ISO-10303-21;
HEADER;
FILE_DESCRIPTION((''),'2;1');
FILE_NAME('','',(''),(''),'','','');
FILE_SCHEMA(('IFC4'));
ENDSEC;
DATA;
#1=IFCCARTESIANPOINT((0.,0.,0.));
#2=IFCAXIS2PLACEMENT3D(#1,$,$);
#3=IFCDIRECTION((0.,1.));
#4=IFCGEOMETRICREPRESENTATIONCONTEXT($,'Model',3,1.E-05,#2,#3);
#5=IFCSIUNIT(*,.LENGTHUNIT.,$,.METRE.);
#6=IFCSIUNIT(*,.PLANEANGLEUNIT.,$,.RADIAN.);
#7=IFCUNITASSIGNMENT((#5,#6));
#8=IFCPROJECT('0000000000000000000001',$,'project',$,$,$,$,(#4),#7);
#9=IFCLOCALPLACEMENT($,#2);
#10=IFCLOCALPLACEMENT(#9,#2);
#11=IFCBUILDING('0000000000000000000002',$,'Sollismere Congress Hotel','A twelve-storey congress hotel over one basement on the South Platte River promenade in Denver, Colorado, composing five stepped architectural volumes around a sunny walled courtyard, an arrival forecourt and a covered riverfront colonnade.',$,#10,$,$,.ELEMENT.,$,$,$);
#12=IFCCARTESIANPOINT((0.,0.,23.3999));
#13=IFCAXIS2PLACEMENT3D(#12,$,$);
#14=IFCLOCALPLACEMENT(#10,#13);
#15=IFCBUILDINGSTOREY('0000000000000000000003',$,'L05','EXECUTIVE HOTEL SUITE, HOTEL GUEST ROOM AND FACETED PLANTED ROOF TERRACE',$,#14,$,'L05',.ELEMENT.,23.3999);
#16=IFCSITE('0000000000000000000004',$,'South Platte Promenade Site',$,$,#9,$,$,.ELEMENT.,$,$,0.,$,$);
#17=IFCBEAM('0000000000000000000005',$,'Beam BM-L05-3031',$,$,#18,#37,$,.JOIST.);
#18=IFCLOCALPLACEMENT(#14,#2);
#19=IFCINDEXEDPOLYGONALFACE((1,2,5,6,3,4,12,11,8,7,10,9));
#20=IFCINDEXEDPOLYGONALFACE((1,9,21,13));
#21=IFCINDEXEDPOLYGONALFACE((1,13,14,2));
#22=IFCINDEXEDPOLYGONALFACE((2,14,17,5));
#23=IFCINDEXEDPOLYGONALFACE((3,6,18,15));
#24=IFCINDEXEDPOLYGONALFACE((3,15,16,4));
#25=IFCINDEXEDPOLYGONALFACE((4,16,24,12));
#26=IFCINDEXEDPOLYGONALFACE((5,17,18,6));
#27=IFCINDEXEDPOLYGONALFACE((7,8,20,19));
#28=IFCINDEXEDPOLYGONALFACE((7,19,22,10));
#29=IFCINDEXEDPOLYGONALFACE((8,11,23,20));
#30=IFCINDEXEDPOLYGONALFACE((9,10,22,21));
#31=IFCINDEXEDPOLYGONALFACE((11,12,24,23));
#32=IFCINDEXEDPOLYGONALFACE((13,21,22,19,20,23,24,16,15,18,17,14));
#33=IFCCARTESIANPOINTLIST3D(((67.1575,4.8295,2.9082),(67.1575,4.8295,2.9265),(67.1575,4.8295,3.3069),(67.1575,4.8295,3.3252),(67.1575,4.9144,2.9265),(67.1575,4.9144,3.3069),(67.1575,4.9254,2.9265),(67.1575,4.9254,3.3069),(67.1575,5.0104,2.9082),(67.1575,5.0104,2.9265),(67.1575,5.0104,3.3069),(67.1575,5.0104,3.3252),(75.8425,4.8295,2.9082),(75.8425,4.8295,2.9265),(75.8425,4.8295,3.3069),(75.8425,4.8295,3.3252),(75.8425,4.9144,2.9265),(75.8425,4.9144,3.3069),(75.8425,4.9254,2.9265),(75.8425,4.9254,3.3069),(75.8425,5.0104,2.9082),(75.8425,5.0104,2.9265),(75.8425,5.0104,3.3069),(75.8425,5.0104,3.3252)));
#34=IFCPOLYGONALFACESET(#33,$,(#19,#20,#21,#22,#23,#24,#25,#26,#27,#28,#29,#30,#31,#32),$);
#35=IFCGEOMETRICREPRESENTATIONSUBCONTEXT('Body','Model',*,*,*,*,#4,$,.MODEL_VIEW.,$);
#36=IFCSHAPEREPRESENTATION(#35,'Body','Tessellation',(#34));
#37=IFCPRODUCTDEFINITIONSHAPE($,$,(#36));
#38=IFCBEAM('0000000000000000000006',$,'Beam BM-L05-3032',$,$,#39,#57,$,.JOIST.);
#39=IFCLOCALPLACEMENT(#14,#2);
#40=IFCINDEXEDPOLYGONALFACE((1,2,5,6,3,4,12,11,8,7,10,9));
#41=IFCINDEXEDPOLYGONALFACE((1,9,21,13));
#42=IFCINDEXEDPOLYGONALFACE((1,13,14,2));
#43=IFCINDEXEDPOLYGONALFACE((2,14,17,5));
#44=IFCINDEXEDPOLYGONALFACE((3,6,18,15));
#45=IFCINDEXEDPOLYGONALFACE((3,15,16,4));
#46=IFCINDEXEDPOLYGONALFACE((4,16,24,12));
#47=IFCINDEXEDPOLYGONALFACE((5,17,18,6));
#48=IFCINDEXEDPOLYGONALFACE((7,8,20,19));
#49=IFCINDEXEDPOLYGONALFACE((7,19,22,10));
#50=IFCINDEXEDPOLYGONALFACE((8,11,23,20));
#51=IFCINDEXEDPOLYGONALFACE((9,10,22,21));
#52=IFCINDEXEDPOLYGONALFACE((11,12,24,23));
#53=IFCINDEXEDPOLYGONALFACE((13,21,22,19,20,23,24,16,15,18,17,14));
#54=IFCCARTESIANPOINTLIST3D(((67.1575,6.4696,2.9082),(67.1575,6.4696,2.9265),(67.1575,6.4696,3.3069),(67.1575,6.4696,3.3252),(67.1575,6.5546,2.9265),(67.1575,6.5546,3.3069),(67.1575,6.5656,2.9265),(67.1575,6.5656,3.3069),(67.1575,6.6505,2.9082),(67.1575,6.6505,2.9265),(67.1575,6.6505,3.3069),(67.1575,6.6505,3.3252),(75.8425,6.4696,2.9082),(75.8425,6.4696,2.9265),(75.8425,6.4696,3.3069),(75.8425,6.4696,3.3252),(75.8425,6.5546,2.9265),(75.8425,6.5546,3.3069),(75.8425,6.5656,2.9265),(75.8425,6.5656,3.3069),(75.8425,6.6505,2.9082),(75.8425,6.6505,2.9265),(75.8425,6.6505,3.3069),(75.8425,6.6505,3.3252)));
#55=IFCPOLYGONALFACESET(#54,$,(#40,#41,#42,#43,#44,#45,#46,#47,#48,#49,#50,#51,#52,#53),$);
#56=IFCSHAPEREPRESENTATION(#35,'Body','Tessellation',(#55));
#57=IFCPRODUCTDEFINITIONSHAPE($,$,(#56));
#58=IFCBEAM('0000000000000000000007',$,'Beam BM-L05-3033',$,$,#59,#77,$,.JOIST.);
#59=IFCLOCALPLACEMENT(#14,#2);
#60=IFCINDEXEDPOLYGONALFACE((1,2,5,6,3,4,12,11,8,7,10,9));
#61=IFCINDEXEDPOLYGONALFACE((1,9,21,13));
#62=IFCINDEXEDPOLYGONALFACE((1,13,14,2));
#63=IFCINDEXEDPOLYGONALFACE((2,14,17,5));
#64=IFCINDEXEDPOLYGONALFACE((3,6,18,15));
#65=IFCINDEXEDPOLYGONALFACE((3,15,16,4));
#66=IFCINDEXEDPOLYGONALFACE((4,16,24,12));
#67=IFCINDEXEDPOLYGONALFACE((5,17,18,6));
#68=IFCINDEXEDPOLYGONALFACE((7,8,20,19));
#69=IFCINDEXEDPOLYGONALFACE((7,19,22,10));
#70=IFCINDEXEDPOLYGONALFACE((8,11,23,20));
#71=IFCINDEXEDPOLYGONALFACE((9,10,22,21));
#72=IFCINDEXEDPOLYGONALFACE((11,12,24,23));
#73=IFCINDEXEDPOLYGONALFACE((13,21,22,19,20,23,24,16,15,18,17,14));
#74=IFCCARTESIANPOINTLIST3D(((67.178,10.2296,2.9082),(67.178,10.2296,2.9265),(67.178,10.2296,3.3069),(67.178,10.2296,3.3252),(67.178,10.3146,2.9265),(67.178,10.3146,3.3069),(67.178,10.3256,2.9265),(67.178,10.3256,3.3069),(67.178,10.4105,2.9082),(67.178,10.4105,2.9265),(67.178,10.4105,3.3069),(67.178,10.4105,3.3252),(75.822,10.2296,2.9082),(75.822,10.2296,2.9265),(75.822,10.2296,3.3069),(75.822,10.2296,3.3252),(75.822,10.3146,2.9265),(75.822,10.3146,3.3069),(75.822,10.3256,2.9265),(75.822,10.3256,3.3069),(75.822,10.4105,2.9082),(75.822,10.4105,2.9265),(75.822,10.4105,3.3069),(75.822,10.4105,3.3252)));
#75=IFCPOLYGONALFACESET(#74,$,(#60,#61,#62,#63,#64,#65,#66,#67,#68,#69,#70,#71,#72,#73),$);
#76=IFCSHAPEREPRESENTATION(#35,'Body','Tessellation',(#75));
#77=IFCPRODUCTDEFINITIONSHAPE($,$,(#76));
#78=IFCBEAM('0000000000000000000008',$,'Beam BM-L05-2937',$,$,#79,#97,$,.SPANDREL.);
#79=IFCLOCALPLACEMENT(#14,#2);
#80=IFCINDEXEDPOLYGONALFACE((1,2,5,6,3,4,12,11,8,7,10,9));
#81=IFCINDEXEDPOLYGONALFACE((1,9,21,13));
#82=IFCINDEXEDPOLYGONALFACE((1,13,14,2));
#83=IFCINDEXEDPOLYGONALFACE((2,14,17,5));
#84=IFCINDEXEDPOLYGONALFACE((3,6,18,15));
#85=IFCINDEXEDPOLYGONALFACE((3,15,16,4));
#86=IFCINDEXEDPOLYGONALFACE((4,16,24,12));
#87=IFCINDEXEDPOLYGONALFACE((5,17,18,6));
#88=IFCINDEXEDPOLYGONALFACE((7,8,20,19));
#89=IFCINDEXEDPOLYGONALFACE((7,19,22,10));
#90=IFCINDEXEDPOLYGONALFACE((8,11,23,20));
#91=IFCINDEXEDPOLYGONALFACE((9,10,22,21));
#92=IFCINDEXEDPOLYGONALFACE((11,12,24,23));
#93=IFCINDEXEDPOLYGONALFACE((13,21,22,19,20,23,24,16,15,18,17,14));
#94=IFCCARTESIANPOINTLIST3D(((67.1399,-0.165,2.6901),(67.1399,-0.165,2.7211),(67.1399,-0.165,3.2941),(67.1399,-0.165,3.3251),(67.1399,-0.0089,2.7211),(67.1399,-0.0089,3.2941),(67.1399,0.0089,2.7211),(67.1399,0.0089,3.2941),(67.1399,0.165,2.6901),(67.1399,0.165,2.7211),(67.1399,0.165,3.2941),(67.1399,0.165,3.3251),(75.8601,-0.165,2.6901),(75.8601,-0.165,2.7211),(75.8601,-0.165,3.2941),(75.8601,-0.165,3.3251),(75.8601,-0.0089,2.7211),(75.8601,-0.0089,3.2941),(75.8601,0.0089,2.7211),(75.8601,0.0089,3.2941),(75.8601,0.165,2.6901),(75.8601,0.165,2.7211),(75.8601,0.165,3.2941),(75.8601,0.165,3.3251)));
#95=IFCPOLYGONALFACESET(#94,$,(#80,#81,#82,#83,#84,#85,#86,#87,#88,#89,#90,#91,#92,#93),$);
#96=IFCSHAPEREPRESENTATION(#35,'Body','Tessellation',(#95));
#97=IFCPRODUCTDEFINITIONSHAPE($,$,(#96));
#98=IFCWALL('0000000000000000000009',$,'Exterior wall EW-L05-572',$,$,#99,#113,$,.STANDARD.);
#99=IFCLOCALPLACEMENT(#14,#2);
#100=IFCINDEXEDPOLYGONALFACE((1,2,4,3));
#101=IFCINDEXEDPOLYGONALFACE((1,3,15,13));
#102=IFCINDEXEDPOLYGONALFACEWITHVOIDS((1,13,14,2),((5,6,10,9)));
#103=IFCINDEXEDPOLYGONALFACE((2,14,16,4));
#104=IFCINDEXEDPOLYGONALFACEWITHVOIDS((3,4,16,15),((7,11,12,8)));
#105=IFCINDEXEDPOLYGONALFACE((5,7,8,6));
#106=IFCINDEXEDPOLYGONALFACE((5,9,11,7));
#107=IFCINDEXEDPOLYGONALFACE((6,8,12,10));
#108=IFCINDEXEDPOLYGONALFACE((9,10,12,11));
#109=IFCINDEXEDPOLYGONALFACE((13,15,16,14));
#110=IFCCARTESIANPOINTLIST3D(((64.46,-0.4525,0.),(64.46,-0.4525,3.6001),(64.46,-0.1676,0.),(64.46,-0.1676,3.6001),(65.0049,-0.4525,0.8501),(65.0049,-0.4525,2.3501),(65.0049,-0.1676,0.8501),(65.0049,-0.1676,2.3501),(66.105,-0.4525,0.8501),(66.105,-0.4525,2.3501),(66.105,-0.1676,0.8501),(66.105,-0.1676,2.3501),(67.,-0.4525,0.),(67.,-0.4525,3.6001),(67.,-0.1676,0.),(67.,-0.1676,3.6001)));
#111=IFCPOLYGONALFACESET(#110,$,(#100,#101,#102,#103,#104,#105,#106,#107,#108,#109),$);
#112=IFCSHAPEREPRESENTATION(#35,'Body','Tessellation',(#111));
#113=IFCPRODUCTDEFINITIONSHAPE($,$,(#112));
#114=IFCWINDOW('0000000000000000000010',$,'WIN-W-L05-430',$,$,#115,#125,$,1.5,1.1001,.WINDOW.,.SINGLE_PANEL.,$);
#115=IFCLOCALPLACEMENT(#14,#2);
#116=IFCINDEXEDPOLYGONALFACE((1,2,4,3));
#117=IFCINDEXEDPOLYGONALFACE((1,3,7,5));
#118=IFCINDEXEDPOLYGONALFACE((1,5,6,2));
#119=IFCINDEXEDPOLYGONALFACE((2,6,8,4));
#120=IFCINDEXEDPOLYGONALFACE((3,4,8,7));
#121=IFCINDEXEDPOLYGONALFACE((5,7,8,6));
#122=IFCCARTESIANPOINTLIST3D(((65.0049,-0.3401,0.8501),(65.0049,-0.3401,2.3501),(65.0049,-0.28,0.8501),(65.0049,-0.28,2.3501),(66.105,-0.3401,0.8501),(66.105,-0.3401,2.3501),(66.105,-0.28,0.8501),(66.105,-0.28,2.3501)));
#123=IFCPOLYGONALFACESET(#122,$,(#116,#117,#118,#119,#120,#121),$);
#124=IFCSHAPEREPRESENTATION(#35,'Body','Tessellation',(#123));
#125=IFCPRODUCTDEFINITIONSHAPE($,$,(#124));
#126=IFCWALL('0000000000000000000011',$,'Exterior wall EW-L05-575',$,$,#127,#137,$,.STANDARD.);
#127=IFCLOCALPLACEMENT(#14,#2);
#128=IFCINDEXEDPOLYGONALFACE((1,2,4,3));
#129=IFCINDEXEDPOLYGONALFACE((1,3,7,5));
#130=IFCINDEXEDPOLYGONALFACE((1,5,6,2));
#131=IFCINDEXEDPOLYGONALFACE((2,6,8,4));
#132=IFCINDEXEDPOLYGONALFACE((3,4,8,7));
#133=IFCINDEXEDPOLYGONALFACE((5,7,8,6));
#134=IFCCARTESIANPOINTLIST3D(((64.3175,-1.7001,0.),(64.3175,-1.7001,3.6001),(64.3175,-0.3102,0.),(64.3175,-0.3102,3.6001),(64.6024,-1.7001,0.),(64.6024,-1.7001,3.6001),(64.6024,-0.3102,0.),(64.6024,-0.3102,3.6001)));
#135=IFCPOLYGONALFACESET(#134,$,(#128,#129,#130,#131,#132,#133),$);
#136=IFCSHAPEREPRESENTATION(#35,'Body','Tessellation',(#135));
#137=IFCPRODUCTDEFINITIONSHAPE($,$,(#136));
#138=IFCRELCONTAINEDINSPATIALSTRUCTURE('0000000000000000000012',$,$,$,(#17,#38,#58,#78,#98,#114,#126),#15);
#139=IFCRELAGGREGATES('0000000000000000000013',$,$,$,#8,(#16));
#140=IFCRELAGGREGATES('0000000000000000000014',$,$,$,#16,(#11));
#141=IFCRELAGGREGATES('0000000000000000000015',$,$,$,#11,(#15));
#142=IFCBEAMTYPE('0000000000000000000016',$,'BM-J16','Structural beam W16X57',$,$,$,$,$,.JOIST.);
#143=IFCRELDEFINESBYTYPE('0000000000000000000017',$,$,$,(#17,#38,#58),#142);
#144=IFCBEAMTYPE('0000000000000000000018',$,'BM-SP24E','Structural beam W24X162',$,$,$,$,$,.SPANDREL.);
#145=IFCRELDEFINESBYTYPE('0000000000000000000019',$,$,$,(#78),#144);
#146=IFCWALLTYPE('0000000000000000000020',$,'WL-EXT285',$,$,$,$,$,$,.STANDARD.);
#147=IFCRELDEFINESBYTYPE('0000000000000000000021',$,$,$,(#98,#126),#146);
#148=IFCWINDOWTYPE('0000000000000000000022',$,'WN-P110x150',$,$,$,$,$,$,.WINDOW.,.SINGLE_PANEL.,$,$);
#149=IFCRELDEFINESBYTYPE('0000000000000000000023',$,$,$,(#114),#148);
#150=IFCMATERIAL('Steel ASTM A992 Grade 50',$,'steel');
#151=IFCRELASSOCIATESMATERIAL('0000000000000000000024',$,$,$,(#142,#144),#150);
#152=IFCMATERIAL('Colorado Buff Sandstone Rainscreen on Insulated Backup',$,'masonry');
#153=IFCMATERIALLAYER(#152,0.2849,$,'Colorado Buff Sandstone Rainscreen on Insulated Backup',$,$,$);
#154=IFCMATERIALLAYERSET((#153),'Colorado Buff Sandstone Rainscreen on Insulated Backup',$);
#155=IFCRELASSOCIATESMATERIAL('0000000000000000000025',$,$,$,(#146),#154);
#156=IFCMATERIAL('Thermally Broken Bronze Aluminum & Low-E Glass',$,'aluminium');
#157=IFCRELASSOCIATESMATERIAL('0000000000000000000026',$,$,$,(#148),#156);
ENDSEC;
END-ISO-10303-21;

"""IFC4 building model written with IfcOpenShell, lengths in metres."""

from ifc_helpers import new_model, si_unit, direction, frame, frame_2d, origin, origin_2d, place, context, subcontext, project, spatial, rectangle, i_section, extrude, material, layer, layer_set, material_profile, profile_set, type_object, element, fill, save


model = new_model("IFC4")

# Units and contexts
model_context = context("Model", 3, precision=1e-05, world=origin(), true_north=direction((0.0, 1.0)))
body_context = subcontext(model_context, "Body", "Model", "MODEL_VIEW")
ifc_project = project(units=[si_unit("LENGTHUNIT", "METRE"), si_unit("PLANEANGLEUNIT", "RADIAN")], contexts=[model_context])

# Site, building, storey
site_placement = place(None, origin())
site = spatial("IfcSite", under=ifc_project, at=site_placement, Name="South Platte Promenade Site", CompositionType="ELEMENT", RefElevation=0.0)
building_placement = place(site_placement, origin())
building = spatial("IfcBuilding", under=site, at=building_placement, Name="Sollismere Congress Hotel", Description="A twelve-storey congress hotel over one basement on the South Platte River promenade in Denver, Colorado, composing five stepped architectural volumes around a sunny walled courtyard, an arrival forecourt and a covered riverfront colonnade.", CompositionType="ELEMENT")
storey_placement = place(building_placement, frame((0.0, 0.0, 23.3999)))
storey = spatial("IfcBuildingStorey", under=building, at=storey_placement, Name="L05", Description="EXECUTIVE HOTEL SUITE, HOTEL GUEST ROOM AND FACETED PLANTED ROOF TERRACE", LongName="L05", CompositionType="ELEMENT", Elevation=23.3999)

# Shared definitions
ifc_material_1 = material(Name="Steel ASTM A992 Grade 50", Category="steel")

# Beams
ifc_material_profile_1 = material_profile(ifc_material_1, i_section(OverallWidth=0.1809, OverallDepth=0.417, WebThickness=0.011, FlangeThickness=0.0183, at=origin_2d()), Name="W16X57")
ifc_profile_set_1 = profile_set([ifc_material_profile_1], Name="Steel ASTM A992 Grade 50")
beam_type_1 = type_object("IfcBeamType", Name="BM-J16", Description="Structural beam W16X57", PredefinedType="JOIST", material=ifc_profile_set_1)
for number, where, z_axis, x_axis, name in (
    (1, (67.1575, 4.9199, 3.1167), (1.0, 0.0, 0.0), (0.0, 1.0, 0.0), "Beam BM-L05-3031"),
    (2, (67.1575, 6.5601, 3.1167), (1.0, 0.0, 0.0), (0.0, 1.0, 0.0), "Beam BM-L05-3032"),
):
    element("IfcBeam", number, at=place(storey_placement, frame(where, z_axis=z_axis, x_axis=x_axis)), inside=storey, type_object=beam_type_1, Name=name, PredefinedType="JOIST", context=body_context, shape_type="SweptSolid", body=[
        extrude(i_section(OverallWidth=0.1809, OverallDepth=0.417, WebThickness=0.011, FlangeThickness=0.0183, at=origin_2d()), origin(), (0.0, 0.0, 1.0), 8.6851),
    ])
beam_1_placement = place(storey_placement, frame((67.178, 10.3201, 3.1167), z_axis=(1.0, 0.0, 0.0), x_axis=(0.0, 1.0, 0.0)))
element("IfcBeam", 3, at=beam_1_placement, inside=storey, type_object=beam_type_1, Name="Beam BM-L05-3033", PredefinedType="JOIST", context=body_context, shape_type="SweptSolid", body=[
    extrude(i_section(OverallWidth=0.1809, OverallDepth=0.417, WebThickness=0.011, FlangeThickness=0.0183, at=origin_2d()), origin(), (0.0, 0.0, 1.0), 8.644),
])
ifc_material_profile_2 = material_profile(ifc_material_1, i_section(OverallWidth=0.3301, OverallDepth=0.635, WebThickness=0.0178, FlangeThickness=0.031, at=origin_2d()), Name="W24X162")
ifc_profile_set_2 = profile_set([ifc_material_profile_2], Name="Steel ASTM A992 Grade 50")
beam_type_2 = type_object("IfcBeamType", Name="BM-SP24E", Description="Structural beam W24X162", PredefinedType="SPANDREL", material=ifc_profile_set_2)
beam_2_placement = place(storey_placement, frame((67.1399, 0.0, 3.0076), z_axis=(1.0, 0.0, 0.0), x_axis=(0.0, 1.0, 0.0)))
element("IfcBeam", 4, at=beam_2_placement, inside=storey, type_object=beam_type_2, Name="Beam BM-L05-2937", PredefinedType="SPANDREL", context=body_context, shape_type="SweptSolid", body=[
    extrude(i_section(OverallWidth=0.3301, OverallDepth=0.635, WebThickness=0.0178, FlangeThickness=0.031, at=origin_2d()), origin(), (0.0, 0.0, 1.0), 8.7202),
])

# Wall, opening, window
ifc_material_2 = material(Name="Colorado Buff Sandstone Rainscreen on Insulated Backup", Category="masonry")
ifc_layer_1 = layer(ifc_material_2, 0.2849, Name="Colorado Buff Sandstone Rainscreen on Insulated Backup")
ifc_layer_set_1 = layer_set([ifc_layer_1], Name="Colorado Buff Sandstone Rainscreen on Insulated Backup")
wall_type_1 = type_object("IfcWallType", Name="WL-EXT285", PredefinedType="STANDARD", material=ifc_layer_set_1)
wall_1_placement = place(storey_placement, frame((64.46, -0.3101, 0.0), z_axis=(0.0, 0.0, 1.0), x_axis=(1.0, 0.0, 0.0)))
wall_1 = element("IfcWall", 5, at=wall_1_placement, inside=storey, type_object=wall_type_1, Name="Exterior wall EW-L05-572", PredefinedType="STANDARD", context=body_context, shape_type="SweptSolid", body=[
    extrude(rectangle(XDim=2.54, YDim=0.2849, at=frame_2d((1.27, 0.0))), origin(), (0.0, 0.0, 1.0), 3.6001),
])
opening_1_placement = place(wall_1_placement, frame((0.5449, 0.0, 0.8501)))
opening_1 = element("IfcOpeningElement", 6, at=opening_1_placement, cuts=wall_1, PredefinedType="OPENING", context=body_context, shape_type="SweptSolid", body=[
    extrude(rectangle(XDim=1.1001, YDim=1.5, at=frame_2d((0.55, 0.75))), frame((0.0, 0.1523, 0.0), z_axis=(0.0, -1.0, 0.0), x_axis=(1.0, 0.0, 0.0)), (0.0, 0.0, 1.0), 0.3049),
])
ifc_material_3 = material(Name="Thermally Broken Bronze Aluminum & Low-E Glass", Category="aluminium")
window_type_1 = type_object("IfcWindowType", Name="WN-P110x150", PartitioningType="SINGLE_PANEL", PredefinedType="WINDOW", material=ifc_material_3)
window_1_placement = place(opening_1_placement, origin())
window_1 = element("IfcWindow", 7, at=window_1_placement, inside=storey, type_object=window_type_1, Name="WIN-W-L05-430", OverallHeight=1.5, OverallWidth=1.1001, PartitioningType="SINGLE_PANEL", PredefinedType="WINDOW", context=body_context, shape_type="SweptSolid", body=[
    extrude(rectangle(XDim=1.1001, YDim=1.5, at=frame_2d((0.55, 0.75))), frame((0.0, 0.03, 0.0), z_axis=(0.0, -1.0, 0.0), x_axis=(1.0, 0.0, 0.0)), (0.0, 0.0, 1.0), 0.0601),
])
fill(opening_1, window_1)

# Wall
wall_2_placement = place(storey_placement, frame((64.46, -1.7, 0.0), z_axis=(0.0, 0.0, 1.0), x_axis=(0.0, 1.0, 0.0)))
element("IfcWall", 8, at=wall_2_placement, inside=storey, type_object=wall_type_1, Name="Exterior wall EW-L05-575", PredefinedType="STANDARD", context=body_context, shape_type="SweptSolid", body=[
    extrude(rectangle(XDim=1.3899, YDim=0.2849, at=frame_2d((0.6948, 0.0))), origin(), (0.0, 0.0, 1.0), 3.6001),
])

save(model, "model.ifc")
